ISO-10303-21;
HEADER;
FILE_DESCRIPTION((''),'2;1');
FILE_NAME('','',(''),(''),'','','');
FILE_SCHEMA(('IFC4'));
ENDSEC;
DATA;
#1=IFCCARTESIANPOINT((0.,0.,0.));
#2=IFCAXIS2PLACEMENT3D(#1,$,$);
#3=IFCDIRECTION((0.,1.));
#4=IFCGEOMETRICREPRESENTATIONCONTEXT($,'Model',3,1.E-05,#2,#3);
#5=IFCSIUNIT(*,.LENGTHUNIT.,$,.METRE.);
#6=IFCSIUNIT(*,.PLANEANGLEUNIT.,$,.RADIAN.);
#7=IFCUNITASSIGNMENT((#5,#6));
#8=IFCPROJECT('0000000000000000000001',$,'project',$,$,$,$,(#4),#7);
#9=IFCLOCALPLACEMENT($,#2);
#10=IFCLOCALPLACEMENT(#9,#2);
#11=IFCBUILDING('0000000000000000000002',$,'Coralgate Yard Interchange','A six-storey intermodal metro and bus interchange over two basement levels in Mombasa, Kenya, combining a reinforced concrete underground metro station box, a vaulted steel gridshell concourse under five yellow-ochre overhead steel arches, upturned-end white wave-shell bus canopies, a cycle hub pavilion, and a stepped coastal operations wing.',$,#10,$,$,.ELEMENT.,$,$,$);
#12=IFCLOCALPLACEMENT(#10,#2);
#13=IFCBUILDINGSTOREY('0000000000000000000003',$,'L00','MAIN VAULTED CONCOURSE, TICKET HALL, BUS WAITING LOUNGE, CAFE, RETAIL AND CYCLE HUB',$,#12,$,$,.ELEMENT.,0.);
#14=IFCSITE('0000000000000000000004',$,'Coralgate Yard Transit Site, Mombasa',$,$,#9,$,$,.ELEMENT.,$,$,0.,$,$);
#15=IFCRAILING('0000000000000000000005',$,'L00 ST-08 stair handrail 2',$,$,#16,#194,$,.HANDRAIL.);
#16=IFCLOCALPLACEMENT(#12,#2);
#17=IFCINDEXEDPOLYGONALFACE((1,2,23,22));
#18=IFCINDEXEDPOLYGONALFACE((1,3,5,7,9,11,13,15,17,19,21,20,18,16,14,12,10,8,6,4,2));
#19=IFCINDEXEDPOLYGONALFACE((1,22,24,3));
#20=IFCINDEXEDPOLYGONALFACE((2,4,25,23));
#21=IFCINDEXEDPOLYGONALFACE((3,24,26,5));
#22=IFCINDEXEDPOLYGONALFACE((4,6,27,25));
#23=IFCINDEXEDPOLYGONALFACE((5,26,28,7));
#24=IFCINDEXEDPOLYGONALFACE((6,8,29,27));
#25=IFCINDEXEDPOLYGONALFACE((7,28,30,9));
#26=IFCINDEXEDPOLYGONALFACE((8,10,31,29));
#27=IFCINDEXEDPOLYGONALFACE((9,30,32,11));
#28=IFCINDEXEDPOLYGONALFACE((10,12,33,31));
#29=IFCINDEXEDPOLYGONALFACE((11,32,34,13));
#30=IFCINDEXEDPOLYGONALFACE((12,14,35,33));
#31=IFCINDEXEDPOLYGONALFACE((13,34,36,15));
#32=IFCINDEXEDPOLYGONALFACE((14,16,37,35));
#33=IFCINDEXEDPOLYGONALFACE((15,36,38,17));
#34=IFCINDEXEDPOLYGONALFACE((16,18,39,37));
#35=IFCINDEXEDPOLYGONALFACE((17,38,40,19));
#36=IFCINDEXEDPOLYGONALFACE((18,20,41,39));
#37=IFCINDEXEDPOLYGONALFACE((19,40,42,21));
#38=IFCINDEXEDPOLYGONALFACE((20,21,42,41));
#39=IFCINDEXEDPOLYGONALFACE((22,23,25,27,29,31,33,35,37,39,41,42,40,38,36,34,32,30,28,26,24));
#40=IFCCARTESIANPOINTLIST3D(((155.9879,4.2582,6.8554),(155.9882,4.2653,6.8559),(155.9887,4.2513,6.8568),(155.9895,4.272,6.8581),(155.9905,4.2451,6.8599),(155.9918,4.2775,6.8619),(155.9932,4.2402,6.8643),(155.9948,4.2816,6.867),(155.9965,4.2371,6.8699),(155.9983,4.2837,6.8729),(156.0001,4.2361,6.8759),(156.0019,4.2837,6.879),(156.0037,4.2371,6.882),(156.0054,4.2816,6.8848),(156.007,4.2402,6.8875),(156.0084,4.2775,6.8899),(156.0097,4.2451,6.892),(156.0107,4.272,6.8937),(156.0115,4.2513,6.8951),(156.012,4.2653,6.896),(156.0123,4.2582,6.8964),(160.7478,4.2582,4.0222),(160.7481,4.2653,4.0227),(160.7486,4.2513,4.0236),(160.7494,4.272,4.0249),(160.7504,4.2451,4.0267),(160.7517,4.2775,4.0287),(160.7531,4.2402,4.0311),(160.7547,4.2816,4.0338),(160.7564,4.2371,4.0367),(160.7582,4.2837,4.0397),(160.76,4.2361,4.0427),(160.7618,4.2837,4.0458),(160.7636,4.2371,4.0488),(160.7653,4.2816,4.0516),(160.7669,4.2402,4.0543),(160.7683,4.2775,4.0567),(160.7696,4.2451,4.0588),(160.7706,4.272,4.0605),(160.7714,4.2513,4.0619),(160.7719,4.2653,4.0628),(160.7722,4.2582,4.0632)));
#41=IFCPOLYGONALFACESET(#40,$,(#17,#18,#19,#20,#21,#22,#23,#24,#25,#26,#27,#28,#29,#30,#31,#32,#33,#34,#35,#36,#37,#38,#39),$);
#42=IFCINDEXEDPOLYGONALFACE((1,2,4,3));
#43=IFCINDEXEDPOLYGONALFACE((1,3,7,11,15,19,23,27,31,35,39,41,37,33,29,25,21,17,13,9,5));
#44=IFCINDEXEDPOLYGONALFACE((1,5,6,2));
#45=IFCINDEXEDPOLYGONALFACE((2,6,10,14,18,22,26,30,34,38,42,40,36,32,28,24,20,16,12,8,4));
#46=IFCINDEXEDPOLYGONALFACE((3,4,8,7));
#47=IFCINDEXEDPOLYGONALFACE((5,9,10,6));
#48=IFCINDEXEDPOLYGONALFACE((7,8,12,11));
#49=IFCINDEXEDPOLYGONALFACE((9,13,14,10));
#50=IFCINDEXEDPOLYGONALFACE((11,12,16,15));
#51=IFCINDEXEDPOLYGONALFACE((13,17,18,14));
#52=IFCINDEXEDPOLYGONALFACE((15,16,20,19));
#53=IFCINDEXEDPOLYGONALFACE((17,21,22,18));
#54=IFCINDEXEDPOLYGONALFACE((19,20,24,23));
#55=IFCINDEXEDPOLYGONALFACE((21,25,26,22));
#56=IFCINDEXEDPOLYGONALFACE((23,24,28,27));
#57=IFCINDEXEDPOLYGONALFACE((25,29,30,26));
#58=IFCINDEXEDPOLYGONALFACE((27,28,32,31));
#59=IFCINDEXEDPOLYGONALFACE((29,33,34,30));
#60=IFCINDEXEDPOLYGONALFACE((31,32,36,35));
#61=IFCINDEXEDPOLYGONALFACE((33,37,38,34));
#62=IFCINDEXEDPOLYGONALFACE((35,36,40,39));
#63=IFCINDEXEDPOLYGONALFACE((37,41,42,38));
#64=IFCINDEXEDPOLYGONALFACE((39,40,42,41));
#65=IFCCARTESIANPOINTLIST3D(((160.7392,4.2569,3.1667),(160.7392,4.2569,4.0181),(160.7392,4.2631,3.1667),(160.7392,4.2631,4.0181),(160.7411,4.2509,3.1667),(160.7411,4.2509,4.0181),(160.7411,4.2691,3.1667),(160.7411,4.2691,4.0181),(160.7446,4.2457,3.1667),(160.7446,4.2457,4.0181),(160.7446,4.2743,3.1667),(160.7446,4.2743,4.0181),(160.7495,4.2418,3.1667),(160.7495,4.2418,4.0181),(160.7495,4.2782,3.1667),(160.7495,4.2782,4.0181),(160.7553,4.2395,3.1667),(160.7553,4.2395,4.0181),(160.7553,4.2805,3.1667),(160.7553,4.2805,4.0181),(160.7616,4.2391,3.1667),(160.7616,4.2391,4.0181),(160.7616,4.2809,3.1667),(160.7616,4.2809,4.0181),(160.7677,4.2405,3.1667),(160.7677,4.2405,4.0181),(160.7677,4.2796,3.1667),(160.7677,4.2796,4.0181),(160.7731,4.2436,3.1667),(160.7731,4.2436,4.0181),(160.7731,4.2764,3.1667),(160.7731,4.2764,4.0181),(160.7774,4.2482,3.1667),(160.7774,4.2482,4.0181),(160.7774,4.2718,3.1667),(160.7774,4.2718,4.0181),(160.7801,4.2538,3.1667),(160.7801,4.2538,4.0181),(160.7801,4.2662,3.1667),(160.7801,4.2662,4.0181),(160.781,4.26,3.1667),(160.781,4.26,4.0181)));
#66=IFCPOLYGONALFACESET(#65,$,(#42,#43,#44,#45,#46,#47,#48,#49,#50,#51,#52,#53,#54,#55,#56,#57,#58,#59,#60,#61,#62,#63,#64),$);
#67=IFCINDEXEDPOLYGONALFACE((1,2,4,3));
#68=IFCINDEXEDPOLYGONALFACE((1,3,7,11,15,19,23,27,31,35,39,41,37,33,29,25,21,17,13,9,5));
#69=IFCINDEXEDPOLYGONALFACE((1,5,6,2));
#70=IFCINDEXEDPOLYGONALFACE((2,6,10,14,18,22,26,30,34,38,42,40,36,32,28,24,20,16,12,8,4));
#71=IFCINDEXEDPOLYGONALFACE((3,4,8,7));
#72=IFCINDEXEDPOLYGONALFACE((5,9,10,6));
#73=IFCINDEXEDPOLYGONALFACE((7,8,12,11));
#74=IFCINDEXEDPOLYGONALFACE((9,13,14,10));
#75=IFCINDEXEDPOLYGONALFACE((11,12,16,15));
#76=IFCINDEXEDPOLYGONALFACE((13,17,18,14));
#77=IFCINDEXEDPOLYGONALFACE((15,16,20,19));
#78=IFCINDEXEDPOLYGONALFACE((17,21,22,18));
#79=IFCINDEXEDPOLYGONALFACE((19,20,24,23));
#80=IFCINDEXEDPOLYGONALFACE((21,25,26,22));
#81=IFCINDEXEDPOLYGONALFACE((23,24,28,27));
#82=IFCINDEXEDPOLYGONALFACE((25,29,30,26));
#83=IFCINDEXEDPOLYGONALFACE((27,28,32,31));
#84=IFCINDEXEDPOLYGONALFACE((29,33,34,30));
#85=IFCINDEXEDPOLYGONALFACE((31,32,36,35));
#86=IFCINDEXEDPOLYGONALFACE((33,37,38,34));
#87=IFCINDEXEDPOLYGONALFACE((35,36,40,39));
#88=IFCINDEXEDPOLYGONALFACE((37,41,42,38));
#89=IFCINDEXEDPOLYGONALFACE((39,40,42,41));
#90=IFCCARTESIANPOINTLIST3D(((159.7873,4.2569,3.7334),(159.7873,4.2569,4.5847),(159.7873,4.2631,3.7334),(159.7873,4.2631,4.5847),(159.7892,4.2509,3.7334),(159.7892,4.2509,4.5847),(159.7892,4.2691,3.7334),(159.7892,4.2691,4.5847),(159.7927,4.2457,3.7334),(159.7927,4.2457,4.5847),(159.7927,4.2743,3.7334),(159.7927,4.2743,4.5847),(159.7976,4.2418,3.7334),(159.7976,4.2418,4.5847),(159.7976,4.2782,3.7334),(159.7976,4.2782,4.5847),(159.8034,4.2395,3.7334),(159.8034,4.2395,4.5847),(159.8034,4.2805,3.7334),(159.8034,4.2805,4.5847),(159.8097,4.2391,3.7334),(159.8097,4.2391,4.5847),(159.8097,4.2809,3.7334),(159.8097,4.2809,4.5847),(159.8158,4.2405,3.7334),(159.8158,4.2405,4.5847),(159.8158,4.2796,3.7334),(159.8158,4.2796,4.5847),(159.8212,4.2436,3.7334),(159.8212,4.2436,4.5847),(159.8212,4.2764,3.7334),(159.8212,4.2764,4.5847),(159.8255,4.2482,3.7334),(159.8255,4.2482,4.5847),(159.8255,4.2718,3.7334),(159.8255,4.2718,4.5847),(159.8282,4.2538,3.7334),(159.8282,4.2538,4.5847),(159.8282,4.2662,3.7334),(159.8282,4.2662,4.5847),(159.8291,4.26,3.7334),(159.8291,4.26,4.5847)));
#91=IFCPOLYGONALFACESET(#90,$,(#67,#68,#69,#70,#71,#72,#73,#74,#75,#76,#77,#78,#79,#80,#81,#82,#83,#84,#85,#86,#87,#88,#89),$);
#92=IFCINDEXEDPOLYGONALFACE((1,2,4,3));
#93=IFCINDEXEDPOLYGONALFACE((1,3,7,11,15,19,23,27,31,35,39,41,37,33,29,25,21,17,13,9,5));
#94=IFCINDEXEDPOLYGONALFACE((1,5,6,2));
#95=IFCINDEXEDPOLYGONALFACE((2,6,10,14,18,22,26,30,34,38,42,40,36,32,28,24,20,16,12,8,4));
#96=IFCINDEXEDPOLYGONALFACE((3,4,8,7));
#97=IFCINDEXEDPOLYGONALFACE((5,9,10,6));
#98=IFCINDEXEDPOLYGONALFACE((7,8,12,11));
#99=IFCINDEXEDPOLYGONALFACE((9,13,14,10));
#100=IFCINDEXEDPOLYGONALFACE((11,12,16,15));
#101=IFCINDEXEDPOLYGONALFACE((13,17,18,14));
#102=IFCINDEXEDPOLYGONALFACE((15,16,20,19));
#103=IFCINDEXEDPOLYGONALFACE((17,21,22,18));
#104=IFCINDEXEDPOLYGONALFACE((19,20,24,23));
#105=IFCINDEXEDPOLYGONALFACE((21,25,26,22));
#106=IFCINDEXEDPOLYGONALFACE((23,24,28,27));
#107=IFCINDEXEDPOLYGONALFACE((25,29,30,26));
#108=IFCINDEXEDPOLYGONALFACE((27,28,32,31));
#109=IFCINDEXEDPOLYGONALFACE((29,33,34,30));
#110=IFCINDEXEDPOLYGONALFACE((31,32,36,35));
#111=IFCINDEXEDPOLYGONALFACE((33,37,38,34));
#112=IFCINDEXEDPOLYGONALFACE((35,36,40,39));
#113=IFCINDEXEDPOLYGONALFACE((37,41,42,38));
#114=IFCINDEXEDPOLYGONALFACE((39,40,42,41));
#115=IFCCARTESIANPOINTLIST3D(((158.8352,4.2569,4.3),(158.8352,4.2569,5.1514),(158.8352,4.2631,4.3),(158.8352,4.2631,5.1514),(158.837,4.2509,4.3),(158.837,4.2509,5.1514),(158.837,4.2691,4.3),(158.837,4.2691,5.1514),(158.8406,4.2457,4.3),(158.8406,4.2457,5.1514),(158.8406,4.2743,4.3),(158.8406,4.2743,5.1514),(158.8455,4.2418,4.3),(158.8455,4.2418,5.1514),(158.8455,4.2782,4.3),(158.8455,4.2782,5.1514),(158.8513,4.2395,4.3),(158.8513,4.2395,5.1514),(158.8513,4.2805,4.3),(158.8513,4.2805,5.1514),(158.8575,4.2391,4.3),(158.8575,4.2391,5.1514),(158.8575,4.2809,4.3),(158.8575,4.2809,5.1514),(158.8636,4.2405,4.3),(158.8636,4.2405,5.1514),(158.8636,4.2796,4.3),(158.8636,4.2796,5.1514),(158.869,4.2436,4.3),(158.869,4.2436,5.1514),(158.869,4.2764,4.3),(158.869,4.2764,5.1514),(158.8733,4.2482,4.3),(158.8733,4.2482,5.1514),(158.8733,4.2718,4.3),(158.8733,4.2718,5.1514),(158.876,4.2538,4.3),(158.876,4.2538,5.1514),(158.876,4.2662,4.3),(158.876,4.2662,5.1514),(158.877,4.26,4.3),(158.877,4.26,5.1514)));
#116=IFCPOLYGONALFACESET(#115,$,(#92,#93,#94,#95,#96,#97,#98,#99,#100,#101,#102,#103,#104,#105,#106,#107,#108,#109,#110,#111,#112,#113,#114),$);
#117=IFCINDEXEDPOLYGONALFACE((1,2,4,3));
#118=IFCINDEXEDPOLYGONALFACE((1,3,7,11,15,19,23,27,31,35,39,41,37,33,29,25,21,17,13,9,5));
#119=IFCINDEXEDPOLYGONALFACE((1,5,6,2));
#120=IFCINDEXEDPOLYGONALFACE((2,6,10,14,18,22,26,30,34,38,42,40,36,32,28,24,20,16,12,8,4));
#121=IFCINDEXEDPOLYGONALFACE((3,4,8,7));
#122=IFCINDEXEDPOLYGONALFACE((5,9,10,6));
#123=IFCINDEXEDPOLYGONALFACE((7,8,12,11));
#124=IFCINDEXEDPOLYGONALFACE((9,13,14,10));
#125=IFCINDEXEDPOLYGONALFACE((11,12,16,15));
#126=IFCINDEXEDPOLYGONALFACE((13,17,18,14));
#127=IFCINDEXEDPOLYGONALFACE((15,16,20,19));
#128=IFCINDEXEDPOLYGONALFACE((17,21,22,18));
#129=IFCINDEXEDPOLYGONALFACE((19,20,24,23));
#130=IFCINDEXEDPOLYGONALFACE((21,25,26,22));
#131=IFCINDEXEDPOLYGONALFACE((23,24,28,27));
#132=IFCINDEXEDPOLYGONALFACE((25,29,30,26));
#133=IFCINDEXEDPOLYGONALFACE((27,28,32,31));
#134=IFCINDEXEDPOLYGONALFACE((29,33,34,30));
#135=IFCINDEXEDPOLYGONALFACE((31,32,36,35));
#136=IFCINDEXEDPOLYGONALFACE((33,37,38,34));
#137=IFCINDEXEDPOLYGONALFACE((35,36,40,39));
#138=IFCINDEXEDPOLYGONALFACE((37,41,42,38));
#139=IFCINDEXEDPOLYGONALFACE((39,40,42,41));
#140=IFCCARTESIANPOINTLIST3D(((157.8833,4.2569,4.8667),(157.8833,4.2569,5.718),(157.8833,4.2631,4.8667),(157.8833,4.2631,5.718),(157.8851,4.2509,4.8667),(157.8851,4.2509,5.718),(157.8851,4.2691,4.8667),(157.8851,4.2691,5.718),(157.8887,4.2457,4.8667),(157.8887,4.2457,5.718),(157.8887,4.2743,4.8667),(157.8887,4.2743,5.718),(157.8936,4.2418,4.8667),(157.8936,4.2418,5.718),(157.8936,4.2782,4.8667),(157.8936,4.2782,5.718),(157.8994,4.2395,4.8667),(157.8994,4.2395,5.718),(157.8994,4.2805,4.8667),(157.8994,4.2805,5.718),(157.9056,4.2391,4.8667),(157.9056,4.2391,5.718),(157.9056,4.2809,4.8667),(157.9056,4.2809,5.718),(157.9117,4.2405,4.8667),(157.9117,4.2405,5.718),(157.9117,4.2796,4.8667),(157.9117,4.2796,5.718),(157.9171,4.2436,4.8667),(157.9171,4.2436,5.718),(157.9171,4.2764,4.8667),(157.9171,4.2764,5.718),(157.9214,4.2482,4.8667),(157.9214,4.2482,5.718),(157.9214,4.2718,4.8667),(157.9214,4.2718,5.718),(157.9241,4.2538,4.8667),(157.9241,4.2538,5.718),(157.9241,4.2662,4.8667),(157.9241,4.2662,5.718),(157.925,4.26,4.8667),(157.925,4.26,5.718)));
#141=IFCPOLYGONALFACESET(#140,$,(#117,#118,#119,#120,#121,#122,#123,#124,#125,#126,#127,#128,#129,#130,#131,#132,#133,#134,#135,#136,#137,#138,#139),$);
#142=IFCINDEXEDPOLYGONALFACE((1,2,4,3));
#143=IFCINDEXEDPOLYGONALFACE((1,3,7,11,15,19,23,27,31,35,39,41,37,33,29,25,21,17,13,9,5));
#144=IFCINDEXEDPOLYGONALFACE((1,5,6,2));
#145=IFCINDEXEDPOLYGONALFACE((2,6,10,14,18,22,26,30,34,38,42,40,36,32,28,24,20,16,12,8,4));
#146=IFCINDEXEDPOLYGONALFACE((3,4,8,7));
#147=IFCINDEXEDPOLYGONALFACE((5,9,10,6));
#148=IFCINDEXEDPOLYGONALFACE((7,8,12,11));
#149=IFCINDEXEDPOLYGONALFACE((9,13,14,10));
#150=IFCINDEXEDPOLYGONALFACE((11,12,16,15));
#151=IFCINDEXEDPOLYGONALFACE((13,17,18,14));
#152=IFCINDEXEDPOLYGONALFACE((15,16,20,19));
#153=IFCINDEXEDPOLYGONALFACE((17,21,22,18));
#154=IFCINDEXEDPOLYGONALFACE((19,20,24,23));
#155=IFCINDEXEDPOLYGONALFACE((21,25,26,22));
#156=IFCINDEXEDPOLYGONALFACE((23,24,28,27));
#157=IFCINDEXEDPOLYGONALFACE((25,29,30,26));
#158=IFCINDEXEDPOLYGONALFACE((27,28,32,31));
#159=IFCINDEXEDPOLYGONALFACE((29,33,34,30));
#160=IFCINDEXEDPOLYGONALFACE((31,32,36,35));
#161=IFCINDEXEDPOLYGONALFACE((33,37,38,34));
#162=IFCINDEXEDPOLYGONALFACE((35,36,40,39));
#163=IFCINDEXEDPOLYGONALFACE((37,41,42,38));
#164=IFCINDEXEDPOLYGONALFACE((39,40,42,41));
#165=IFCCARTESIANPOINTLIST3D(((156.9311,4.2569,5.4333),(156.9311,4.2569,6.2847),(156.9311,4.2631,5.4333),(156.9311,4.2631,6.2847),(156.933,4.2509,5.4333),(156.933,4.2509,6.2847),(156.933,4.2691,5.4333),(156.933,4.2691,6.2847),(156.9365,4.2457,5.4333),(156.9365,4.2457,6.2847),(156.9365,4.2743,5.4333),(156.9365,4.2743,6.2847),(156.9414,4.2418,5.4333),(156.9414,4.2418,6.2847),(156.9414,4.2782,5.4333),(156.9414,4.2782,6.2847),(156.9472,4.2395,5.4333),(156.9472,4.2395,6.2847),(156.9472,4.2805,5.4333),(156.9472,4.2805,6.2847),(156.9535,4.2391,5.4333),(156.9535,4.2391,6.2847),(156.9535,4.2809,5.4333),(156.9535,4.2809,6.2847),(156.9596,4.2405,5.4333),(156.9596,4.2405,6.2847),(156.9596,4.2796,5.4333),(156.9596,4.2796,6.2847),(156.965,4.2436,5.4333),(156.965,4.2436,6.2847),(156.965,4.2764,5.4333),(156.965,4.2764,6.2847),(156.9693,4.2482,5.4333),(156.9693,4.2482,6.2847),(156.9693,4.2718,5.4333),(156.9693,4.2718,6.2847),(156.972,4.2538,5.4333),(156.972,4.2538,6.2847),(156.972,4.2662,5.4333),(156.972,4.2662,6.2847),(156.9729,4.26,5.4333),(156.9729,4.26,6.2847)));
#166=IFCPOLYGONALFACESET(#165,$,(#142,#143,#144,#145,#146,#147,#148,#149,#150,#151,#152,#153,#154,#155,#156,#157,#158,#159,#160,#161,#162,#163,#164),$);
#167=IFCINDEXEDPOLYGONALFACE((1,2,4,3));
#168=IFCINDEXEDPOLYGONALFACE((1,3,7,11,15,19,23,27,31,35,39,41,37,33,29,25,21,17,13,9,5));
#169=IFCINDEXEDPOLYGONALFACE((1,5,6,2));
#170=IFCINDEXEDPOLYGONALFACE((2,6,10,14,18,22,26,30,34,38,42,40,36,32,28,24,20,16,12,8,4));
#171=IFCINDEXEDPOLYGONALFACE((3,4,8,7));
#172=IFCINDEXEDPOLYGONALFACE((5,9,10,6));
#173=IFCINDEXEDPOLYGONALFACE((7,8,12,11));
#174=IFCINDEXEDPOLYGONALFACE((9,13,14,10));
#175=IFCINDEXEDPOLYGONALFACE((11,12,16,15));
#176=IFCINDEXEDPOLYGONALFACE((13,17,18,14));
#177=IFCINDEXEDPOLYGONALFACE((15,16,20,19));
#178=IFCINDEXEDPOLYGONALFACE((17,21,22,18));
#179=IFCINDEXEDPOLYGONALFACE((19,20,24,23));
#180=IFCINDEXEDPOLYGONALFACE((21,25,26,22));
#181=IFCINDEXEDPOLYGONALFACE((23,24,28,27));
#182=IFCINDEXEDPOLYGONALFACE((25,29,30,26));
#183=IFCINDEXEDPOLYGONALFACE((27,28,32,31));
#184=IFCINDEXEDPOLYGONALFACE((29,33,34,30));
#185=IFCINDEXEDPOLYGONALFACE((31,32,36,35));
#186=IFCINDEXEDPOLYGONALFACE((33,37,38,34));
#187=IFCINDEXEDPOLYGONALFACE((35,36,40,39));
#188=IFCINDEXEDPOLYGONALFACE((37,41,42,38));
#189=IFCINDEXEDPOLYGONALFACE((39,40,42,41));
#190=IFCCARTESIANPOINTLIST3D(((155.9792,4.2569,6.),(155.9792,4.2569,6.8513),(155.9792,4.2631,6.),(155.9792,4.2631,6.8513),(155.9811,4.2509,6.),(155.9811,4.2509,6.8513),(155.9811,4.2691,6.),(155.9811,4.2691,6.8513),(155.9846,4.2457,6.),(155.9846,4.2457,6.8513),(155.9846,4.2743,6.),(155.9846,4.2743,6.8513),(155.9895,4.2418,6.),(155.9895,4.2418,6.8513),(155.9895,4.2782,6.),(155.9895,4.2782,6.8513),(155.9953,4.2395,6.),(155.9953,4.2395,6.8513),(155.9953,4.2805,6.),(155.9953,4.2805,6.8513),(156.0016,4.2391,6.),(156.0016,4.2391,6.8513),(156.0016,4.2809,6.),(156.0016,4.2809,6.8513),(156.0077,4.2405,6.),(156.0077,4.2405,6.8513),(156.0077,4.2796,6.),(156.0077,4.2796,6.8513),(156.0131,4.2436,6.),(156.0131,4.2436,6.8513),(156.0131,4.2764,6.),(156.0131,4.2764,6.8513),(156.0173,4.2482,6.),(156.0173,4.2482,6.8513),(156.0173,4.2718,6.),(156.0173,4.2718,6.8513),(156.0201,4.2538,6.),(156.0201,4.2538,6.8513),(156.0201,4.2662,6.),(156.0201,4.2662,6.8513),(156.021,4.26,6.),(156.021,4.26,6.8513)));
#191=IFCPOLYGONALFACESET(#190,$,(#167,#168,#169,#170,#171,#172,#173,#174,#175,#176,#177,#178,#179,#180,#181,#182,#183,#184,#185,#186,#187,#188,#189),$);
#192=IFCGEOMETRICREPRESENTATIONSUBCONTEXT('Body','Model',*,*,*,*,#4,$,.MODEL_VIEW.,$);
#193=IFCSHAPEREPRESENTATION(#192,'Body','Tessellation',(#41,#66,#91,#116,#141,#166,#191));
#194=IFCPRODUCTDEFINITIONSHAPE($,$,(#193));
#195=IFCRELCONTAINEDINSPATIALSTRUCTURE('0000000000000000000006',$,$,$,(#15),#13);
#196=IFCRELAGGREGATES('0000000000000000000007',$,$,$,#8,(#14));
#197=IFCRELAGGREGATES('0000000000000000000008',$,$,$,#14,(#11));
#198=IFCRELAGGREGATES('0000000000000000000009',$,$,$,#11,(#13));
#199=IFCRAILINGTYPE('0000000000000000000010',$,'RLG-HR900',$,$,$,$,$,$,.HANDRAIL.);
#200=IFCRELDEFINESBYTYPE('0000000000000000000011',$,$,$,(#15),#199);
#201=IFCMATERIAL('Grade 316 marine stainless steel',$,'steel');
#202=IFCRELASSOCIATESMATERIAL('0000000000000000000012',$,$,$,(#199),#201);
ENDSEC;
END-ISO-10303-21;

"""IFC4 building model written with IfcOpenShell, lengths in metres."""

from ifc_helpers import new_model, si_unit, direction, frame, origin, origin_2d, place, context, subcontext, project, spatial, circle, extrude, material, type_object, element, save


model = new_model("IFC4")

# Units and contexts
model_context = context("Model", 3, precision=1e-05, world=origin(), true_north=direction((0.0, 1.0)))
body_context = subcontext(model_context, "Body", "Model", "MODEL_VIEW")
ifc_project = project(units=[si_unit("LENGTHUNIT", "METRE"), si_unit("PLANEANGLEUNIT", "RADIAN")], contexts=[model_context])

# Site, building, storey
site_placement = place(None, origin())
site = spatial("IfcSite", under=ifc_project, at=site_placement, Name="Coralgate Yard Transit Site, Mombasa", CompositionType="ELEMENT", RefElevation=0.0)
building_placement = place(site_placement, origin())
building = spatial("IfcBuilding", under=site, at=building_placement, Name="Coralgate Yard Interchange", Description="A six-storey intermodal metro and bus interchange over two basement levels in Mombasa, Kenya, combining a reinforced concrete underground metro station box, a vaulted steel gridshell concourse under five yellow-ochre overhead steel arches, upturned-end white wave-shell bus canopies, a cycle hub pavilion, and a stepped coastal operations wing.", CompositionType="ELEMENT")
storey_placement = place(building_placement, origin())
storey = spatial("IfcBuildingStorey", under=building, at=storey_placement, Name="L00", Description="MAIN VAULTED CONCOURSE, TICKET HALL, BUS WAITING LOUNGE, CAFE, RETAIL AND CYCLE HUB", CompositionType="ELEMENT", Elevation=0.0)

# Railing
ifc_material_1 = material(Name="Grade 316 marine stainless steel", Category="steel")
railing_type_1 = type_object("IfcRailingType", Name="RLG-HR900", PredefinedType="HANDRAIL", material=ifc_material_1)
railing_1_placement = place(storey_placement, frame((160.76, 4.26, 3.1667)))
element("IfcRailing", 1, at=railing_1_placement, inside=storey, type_object=railing_type_1, Name="L00 ST-08 stair handrail 2", PredefinedType="HANDRAIL", context=body_context, shape_type="SweptSolid", body=[
    extrude(circle(Radius=0.0239, at=origin_2d()), frame((0.0, 0.0, 0.876), z_axis=(-0.8593, 0.0, 0.511472), x_axis=(0.0, -1.0, 0.0)), (0.0, 0.0, 1.0), 5.5393),
    extrude(circle(Radius=0.021, at=origin_2d()), origin(), (0.0, 0.0, 1.0), 0.8513),
    extrude(circle(Radius=0.021, at=origin_2d()), frame((-0.9519, 0.0, 0.5667)), (0.0, 0.0, 1.0), 0.8513),
    extrude(circle(Radius=0.021, at=origin_2d()), frame((-1.9041, 0.0, 1.1333)), (0.0, 0.0, 1.0), 0.8513),
    extrude(circle(Radius=0.021, at=origin_2d()), frame((-2.856, 0.0, 1.7)), (0.0, 0.0, 1.0), 0.8513),
    extrude(circle(Radius=0.021, at=origin_2d()), frame((-3.8081, 0.0, 2.2666)), (0.0, 0.0, 1.0), 0.8513),
    extrude(circle(Radius=0.021, at=origin_2d()), frame((-4.76, 0.0, 2.8333)), (0.0, 0.0, 1.0), 0.8513),
])

save(model, "model.ifc")
